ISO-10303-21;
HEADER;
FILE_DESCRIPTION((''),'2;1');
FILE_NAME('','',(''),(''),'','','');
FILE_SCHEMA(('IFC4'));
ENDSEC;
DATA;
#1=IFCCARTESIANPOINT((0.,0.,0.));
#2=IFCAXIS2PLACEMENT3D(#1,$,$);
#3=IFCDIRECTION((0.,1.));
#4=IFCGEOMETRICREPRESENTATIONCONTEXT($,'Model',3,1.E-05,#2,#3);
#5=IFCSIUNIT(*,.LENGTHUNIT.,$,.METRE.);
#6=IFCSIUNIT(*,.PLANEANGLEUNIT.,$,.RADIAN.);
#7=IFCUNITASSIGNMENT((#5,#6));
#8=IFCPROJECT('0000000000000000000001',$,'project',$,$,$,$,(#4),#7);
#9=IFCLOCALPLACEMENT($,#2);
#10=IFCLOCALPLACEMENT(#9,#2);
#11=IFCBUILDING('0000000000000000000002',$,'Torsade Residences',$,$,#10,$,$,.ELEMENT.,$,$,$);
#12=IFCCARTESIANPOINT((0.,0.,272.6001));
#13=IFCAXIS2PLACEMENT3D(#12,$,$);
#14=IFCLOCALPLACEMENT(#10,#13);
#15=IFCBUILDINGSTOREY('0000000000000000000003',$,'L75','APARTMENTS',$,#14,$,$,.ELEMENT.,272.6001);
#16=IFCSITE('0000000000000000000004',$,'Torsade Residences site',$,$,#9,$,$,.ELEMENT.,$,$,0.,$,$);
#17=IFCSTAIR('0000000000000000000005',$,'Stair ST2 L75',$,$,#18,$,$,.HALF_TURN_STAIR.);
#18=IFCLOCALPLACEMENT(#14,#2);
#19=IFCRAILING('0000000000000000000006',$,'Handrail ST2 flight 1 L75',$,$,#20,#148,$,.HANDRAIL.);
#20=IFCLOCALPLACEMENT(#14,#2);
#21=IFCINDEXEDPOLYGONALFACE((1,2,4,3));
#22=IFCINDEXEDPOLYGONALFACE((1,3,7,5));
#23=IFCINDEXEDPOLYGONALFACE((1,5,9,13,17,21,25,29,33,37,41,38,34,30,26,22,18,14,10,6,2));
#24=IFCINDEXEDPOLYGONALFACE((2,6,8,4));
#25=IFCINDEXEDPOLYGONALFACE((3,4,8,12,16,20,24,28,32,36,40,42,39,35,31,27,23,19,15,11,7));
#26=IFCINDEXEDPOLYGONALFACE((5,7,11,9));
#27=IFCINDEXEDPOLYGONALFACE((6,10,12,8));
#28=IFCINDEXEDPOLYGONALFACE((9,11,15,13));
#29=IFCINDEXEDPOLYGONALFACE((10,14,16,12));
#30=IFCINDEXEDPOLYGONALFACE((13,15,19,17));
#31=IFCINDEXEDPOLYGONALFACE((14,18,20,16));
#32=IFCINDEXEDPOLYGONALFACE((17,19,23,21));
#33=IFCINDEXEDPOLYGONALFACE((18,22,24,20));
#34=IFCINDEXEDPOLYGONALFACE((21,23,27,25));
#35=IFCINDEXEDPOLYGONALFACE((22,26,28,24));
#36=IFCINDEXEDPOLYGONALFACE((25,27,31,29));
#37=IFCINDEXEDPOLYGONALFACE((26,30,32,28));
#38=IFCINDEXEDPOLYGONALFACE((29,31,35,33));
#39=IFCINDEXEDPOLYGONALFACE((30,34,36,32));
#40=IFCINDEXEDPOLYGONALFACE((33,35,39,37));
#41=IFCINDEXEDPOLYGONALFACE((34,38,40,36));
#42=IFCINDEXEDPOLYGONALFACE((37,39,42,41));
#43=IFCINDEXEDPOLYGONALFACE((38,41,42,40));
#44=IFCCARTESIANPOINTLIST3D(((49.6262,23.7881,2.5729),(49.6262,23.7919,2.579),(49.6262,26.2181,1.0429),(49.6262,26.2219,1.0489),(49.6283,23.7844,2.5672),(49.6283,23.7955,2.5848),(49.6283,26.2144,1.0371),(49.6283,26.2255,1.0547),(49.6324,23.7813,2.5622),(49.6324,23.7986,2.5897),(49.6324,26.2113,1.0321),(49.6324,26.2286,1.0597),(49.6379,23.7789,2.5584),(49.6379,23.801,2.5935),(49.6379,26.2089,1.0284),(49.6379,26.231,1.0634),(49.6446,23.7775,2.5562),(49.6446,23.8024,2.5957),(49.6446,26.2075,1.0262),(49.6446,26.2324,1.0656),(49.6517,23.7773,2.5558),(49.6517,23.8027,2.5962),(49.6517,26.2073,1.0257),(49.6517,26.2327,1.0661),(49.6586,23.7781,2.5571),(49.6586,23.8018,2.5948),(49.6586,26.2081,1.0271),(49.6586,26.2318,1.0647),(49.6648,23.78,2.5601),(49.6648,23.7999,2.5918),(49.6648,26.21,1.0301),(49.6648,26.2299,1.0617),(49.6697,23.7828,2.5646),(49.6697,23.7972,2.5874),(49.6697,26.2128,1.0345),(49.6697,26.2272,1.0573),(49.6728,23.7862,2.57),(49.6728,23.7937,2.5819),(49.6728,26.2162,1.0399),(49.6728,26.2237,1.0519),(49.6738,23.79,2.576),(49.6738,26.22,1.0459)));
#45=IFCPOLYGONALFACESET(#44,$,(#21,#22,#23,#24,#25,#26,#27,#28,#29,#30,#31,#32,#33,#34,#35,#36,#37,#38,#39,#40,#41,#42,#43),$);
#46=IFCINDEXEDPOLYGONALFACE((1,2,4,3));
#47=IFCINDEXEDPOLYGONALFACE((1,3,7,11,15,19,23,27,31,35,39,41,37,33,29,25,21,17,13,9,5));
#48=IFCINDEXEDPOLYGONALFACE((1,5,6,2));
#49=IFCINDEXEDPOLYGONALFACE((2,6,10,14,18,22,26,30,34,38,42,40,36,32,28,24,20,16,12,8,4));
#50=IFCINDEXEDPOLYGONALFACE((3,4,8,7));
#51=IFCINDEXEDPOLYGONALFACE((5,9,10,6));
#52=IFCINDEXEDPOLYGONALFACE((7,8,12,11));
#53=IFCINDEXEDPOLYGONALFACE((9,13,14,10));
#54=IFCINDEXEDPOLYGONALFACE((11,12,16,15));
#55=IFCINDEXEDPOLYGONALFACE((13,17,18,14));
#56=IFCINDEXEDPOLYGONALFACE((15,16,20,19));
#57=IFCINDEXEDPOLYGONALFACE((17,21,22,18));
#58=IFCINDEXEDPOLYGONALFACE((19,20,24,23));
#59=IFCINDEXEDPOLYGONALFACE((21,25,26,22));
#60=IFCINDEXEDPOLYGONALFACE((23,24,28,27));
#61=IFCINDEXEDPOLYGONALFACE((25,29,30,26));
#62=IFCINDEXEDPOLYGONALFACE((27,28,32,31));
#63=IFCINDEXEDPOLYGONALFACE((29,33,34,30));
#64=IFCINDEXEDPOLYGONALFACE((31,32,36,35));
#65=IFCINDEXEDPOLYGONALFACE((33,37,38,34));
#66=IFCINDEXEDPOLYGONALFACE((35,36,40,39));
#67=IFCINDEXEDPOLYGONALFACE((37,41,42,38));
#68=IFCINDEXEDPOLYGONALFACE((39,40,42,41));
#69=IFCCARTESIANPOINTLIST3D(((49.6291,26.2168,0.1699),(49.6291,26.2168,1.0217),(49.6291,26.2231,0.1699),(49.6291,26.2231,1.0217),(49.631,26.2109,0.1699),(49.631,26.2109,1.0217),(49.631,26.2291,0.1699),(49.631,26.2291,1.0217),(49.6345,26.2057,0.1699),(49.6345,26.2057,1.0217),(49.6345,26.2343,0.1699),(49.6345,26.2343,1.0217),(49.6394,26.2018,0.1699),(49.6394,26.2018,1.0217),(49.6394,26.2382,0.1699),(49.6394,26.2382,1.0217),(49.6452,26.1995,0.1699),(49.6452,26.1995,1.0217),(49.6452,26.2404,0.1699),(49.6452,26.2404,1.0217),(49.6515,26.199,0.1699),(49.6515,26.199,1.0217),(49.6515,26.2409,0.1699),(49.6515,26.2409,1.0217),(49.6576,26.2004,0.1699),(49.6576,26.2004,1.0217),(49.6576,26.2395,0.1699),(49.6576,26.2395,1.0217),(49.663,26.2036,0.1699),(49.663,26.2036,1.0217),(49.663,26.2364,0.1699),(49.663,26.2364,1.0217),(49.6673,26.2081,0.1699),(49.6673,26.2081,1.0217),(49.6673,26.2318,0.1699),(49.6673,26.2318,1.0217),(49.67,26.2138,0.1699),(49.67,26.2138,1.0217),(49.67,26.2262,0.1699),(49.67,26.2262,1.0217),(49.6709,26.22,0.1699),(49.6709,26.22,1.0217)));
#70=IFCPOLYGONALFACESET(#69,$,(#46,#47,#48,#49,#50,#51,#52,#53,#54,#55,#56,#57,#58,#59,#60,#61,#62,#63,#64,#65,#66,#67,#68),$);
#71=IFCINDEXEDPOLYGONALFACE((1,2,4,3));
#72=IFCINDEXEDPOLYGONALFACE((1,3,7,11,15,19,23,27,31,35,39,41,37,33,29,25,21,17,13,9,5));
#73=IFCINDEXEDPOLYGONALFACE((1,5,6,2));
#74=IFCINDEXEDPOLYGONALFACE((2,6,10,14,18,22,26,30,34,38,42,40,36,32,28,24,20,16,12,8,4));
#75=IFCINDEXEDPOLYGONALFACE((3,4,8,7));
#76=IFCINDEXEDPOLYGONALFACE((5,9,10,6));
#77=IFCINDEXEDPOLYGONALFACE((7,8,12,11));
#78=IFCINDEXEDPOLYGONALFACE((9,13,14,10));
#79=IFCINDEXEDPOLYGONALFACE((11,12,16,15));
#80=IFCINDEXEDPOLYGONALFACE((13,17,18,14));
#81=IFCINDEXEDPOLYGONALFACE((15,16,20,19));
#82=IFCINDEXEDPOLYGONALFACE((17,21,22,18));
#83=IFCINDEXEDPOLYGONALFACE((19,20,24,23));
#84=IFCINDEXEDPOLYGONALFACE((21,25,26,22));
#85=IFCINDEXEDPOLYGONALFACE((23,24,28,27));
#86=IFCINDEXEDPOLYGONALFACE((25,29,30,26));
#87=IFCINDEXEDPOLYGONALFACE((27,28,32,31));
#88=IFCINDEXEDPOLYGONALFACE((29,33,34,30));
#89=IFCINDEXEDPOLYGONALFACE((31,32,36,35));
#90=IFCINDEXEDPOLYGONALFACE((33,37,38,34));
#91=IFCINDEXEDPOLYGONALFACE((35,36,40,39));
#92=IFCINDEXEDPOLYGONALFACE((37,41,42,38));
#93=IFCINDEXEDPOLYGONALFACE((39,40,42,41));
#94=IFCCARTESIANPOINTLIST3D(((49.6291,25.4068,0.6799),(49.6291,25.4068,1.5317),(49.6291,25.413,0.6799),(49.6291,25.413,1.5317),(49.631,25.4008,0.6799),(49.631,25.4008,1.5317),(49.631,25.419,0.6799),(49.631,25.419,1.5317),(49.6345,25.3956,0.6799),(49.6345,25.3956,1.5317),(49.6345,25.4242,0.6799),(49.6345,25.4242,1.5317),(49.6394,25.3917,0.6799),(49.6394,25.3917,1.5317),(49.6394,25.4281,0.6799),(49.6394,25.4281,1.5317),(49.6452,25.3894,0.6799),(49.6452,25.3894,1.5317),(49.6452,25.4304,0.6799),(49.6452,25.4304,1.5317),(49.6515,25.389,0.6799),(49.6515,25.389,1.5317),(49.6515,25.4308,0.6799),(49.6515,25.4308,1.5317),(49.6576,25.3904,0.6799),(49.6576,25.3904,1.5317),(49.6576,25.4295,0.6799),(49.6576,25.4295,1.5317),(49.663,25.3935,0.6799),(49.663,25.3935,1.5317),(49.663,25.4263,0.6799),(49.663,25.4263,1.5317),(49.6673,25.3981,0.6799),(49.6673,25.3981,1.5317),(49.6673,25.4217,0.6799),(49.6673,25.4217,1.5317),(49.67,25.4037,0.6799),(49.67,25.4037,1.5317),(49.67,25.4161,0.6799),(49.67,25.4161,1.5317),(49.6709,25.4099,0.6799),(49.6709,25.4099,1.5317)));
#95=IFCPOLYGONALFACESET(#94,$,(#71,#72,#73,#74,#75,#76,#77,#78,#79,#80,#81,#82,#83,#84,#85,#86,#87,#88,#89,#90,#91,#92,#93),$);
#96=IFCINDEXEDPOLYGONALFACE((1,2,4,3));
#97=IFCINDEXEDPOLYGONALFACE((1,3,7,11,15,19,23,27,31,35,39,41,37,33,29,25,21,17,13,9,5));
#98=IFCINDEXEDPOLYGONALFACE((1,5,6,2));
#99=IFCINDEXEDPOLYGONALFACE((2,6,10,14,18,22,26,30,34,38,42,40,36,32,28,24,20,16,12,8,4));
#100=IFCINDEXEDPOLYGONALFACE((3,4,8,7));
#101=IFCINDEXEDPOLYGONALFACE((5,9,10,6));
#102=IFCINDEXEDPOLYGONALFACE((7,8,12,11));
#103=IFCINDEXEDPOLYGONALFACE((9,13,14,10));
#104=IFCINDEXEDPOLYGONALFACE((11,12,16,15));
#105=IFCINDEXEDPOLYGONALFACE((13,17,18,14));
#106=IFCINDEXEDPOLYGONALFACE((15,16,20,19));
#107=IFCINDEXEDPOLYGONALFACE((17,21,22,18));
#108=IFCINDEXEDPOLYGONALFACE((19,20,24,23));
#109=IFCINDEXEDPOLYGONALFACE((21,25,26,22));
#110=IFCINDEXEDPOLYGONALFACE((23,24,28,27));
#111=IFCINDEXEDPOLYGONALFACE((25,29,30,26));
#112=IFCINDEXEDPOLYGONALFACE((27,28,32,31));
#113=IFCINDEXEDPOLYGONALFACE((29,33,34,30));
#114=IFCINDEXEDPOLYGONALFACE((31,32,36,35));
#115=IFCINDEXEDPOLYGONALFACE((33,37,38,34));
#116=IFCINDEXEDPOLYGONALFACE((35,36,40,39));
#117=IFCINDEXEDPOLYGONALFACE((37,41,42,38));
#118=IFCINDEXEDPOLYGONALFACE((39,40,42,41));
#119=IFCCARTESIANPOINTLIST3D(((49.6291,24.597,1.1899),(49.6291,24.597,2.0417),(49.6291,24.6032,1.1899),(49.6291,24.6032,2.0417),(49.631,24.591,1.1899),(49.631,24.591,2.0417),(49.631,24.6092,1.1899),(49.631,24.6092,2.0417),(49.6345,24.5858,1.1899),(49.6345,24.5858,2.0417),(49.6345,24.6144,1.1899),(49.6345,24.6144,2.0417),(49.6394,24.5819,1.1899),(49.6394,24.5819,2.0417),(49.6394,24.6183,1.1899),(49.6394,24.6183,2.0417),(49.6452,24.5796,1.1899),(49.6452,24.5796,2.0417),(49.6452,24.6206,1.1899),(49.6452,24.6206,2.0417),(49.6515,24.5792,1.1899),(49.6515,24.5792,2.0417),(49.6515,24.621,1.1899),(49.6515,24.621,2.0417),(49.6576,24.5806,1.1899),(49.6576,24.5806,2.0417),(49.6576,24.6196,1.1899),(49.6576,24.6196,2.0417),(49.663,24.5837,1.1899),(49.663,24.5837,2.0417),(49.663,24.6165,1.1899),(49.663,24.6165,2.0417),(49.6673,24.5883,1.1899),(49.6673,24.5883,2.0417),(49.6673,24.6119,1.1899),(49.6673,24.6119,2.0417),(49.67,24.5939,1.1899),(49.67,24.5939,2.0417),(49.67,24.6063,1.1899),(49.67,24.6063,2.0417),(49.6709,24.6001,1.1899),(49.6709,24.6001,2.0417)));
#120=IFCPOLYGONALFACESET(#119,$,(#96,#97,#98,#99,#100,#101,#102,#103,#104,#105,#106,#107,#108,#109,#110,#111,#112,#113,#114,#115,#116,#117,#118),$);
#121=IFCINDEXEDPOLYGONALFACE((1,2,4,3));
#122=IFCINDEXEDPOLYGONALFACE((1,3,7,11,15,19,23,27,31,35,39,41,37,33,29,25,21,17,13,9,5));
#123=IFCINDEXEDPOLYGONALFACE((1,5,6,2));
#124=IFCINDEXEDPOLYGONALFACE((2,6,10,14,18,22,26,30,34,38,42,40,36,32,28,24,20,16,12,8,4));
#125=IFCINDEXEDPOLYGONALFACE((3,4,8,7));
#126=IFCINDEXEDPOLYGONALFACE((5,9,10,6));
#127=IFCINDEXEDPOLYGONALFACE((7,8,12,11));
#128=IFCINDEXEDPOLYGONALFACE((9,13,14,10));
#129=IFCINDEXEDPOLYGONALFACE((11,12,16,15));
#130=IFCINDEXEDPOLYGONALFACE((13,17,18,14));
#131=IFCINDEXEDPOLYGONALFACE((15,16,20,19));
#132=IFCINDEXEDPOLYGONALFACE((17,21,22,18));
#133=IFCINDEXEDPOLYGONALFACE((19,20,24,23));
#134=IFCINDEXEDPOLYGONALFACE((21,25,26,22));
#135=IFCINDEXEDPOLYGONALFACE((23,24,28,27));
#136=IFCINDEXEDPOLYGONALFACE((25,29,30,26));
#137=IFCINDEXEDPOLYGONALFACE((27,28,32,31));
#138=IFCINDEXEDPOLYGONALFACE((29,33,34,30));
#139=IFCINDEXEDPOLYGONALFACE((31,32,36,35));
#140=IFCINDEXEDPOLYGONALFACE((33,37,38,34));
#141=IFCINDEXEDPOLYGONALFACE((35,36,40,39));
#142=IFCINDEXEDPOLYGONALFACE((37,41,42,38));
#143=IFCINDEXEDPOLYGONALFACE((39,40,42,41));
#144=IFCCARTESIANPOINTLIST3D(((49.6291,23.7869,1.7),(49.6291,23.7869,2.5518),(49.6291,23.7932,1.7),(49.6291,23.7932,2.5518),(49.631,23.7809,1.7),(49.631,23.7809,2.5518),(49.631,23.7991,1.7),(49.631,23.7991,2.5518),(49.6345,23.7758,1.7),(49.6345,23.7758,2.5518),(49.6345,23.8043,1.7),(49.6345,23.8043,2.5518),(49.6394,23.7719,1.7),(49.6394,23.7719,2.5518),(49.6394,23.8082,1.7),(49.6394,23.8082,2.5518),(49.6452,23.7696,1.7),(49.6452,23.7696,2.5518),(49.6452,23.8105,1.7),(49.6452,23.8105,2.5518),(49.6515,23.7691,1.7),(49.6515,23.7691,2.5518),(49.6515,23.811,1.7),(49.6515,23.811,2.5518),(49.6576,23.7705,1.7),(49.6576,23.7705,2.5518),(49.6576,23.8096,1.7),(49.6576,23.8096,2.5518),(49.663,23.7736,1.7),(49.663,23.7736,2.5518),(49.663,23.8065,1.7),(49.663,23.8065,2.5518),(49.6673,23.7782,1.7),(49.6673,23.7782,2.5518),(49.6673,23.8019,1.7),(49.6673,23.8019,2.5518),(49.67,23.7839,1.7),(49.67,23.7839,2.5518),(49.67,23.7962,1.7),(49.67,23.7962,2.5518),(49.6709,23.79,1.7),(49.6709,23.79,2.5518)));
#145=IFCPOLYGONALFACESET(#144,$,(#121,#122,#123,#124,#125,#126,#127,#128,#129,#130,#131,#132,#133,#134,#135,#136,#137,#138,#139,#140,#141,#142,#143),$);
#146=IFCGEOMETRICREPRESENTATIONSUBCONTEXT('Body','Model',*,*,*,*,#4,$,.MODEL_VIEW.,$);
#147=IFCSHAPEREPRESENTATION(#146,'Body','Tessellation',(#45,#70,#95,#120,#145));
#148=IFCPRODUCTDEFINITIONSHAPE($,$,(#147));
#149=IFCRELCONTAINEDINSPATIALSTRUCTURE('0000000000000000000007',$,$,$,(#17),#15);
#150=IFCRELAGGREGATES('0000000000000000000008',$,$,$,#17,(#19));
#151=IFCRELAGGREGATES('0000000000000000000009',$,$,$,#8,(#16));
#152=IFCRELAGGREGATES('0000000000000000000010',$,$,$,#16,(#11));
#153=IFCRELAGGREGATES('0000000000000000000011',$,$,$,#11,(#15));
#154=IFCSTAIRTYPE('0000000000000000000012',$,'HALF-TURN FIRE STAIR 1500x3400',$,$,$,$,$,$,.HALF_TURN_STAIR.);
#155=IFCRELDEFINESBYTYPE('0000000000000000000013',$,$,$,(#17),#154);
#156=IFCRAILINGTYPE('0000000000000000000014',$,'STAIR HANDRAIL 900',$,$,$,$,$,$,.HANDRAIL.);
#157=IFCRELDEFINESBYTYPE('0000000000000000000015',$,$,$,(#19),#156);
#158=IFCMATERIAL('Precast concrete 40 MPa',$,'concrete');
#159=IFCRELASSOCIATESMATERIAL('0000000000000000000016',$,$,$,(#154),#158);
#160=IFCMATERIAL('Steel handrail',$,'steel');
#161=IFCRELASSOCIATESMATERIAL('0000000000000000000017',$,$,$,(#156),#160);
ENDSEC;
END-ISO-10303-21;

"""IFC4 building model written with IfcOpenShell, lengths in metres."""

from ifc_helpers import new_model, si_unit, direction, frame, origin, origin_2d, place, context, subcontext, project, spatial, circle, extrude, material, type_object, element, aggregate, save


model = new_model("IFC4")

# Units and contexts
model_context = context("Model", 3, precision=1e-05, world=origin(), true_north=direction((0.0, 1.0)))
body_context = subcontext(model_context, "Body", "Model", "MODEL_VIEW")
ifc_project = project(units=[si_unit("LENGTHUNIT", "METRE"), si_unit("PLANEANGLEUNIT", "RADIAN")], contexts=[model_context])

# Site, building, storey
site_placement = place(None, origin())
site = spatial("IfcSite", under=ifc_project, at=site_placement, Name="Torsade Residences site", CompositionType="ELEMENT", RefElevation=0.0)
building_placement = place(site_placement, origin())
building = spatial("IfcBuilding", under=site, at=building_placement, Name="Torsade Residences", CompositionType="ELEMENT")
storey_placement = place(building_placement, frame((0.0, 0.0, 272.6001)))
storey = spatial("IfcBuildingStorey", under=building, at=storey_placement, Name="L75", Description="APARTMENTS", CompositionType="ELEMENT", Elevation=272.6001)

# Stair, railing
ifc_material_1 = material(Name="Precast concrete 40 MPa", Category="concrete")
stair_type = type_object("IfcStairType", Name="HALF-TURN FIRE STAIR 1500x3400", PredefinedType="HALF_TURN_STAIR", material=ifc_material_1)
stair_placement = place(storey_placement, origin())
stair = element("IfcStair", 1, at=stair_placement, inside=storey, type_object=stair_type, Name="Stair ST2 L75", PredefinedType="HALF_TURN_STAIR")
ifc_material_2 = material(Name="Steel handrail", Category="steel")
railing_type = type_object("IfcRailingType", Name="STAIR HANDRAIL 900", PredefinedType="HANDRAIL", material=ifc_material_2)
railing_1_placement = place(storey_placement, frame((49.6499, 26.22, 0.1699)))
railing_1 = element("IfcRailing", 2, at=railing_1_placement, type_object=railing_type, Name="Handrail ST2 flight 1 L75", PredefinedType="HANDRAIL", context=body_context, shape_type="SweptSolid", body=[
    extrude(circle(Radius=0.0239, at=origin_2d()), frame((0.0, 0.0, 0.876), z_axis=(0.0, -0.846221, 0.532831), x_axis=(1.0, 0.0, 0.0)), (0.0, 0.0, 1.0), 2.8716),
    extrude(circle(Radius=0.021, at=origin_2d()), origin(), (0.0, 0.0, 1.0), 0.8518),
    extrude(circle(Radius=0.021, at=origin_2d()), frame((0.0, -0.8101, 0.51)), (0.0, 0.0, 1.0), 0.8518),
    extrude(circle(Radius=0.021, at=origin_2d()), frame((0.0, -1.6199, 1.02)), (0.0, 0.0, 1.0), 0.8518),
    extrude(circle(Radius=0.021, at=origin_2d()), frame((0.0, -2.4299, 1.53)), (0.0, 0.0, 1.0), 0.8518),
])
aggregate(stair, [railing_1])

save(model, "model.ifc")
